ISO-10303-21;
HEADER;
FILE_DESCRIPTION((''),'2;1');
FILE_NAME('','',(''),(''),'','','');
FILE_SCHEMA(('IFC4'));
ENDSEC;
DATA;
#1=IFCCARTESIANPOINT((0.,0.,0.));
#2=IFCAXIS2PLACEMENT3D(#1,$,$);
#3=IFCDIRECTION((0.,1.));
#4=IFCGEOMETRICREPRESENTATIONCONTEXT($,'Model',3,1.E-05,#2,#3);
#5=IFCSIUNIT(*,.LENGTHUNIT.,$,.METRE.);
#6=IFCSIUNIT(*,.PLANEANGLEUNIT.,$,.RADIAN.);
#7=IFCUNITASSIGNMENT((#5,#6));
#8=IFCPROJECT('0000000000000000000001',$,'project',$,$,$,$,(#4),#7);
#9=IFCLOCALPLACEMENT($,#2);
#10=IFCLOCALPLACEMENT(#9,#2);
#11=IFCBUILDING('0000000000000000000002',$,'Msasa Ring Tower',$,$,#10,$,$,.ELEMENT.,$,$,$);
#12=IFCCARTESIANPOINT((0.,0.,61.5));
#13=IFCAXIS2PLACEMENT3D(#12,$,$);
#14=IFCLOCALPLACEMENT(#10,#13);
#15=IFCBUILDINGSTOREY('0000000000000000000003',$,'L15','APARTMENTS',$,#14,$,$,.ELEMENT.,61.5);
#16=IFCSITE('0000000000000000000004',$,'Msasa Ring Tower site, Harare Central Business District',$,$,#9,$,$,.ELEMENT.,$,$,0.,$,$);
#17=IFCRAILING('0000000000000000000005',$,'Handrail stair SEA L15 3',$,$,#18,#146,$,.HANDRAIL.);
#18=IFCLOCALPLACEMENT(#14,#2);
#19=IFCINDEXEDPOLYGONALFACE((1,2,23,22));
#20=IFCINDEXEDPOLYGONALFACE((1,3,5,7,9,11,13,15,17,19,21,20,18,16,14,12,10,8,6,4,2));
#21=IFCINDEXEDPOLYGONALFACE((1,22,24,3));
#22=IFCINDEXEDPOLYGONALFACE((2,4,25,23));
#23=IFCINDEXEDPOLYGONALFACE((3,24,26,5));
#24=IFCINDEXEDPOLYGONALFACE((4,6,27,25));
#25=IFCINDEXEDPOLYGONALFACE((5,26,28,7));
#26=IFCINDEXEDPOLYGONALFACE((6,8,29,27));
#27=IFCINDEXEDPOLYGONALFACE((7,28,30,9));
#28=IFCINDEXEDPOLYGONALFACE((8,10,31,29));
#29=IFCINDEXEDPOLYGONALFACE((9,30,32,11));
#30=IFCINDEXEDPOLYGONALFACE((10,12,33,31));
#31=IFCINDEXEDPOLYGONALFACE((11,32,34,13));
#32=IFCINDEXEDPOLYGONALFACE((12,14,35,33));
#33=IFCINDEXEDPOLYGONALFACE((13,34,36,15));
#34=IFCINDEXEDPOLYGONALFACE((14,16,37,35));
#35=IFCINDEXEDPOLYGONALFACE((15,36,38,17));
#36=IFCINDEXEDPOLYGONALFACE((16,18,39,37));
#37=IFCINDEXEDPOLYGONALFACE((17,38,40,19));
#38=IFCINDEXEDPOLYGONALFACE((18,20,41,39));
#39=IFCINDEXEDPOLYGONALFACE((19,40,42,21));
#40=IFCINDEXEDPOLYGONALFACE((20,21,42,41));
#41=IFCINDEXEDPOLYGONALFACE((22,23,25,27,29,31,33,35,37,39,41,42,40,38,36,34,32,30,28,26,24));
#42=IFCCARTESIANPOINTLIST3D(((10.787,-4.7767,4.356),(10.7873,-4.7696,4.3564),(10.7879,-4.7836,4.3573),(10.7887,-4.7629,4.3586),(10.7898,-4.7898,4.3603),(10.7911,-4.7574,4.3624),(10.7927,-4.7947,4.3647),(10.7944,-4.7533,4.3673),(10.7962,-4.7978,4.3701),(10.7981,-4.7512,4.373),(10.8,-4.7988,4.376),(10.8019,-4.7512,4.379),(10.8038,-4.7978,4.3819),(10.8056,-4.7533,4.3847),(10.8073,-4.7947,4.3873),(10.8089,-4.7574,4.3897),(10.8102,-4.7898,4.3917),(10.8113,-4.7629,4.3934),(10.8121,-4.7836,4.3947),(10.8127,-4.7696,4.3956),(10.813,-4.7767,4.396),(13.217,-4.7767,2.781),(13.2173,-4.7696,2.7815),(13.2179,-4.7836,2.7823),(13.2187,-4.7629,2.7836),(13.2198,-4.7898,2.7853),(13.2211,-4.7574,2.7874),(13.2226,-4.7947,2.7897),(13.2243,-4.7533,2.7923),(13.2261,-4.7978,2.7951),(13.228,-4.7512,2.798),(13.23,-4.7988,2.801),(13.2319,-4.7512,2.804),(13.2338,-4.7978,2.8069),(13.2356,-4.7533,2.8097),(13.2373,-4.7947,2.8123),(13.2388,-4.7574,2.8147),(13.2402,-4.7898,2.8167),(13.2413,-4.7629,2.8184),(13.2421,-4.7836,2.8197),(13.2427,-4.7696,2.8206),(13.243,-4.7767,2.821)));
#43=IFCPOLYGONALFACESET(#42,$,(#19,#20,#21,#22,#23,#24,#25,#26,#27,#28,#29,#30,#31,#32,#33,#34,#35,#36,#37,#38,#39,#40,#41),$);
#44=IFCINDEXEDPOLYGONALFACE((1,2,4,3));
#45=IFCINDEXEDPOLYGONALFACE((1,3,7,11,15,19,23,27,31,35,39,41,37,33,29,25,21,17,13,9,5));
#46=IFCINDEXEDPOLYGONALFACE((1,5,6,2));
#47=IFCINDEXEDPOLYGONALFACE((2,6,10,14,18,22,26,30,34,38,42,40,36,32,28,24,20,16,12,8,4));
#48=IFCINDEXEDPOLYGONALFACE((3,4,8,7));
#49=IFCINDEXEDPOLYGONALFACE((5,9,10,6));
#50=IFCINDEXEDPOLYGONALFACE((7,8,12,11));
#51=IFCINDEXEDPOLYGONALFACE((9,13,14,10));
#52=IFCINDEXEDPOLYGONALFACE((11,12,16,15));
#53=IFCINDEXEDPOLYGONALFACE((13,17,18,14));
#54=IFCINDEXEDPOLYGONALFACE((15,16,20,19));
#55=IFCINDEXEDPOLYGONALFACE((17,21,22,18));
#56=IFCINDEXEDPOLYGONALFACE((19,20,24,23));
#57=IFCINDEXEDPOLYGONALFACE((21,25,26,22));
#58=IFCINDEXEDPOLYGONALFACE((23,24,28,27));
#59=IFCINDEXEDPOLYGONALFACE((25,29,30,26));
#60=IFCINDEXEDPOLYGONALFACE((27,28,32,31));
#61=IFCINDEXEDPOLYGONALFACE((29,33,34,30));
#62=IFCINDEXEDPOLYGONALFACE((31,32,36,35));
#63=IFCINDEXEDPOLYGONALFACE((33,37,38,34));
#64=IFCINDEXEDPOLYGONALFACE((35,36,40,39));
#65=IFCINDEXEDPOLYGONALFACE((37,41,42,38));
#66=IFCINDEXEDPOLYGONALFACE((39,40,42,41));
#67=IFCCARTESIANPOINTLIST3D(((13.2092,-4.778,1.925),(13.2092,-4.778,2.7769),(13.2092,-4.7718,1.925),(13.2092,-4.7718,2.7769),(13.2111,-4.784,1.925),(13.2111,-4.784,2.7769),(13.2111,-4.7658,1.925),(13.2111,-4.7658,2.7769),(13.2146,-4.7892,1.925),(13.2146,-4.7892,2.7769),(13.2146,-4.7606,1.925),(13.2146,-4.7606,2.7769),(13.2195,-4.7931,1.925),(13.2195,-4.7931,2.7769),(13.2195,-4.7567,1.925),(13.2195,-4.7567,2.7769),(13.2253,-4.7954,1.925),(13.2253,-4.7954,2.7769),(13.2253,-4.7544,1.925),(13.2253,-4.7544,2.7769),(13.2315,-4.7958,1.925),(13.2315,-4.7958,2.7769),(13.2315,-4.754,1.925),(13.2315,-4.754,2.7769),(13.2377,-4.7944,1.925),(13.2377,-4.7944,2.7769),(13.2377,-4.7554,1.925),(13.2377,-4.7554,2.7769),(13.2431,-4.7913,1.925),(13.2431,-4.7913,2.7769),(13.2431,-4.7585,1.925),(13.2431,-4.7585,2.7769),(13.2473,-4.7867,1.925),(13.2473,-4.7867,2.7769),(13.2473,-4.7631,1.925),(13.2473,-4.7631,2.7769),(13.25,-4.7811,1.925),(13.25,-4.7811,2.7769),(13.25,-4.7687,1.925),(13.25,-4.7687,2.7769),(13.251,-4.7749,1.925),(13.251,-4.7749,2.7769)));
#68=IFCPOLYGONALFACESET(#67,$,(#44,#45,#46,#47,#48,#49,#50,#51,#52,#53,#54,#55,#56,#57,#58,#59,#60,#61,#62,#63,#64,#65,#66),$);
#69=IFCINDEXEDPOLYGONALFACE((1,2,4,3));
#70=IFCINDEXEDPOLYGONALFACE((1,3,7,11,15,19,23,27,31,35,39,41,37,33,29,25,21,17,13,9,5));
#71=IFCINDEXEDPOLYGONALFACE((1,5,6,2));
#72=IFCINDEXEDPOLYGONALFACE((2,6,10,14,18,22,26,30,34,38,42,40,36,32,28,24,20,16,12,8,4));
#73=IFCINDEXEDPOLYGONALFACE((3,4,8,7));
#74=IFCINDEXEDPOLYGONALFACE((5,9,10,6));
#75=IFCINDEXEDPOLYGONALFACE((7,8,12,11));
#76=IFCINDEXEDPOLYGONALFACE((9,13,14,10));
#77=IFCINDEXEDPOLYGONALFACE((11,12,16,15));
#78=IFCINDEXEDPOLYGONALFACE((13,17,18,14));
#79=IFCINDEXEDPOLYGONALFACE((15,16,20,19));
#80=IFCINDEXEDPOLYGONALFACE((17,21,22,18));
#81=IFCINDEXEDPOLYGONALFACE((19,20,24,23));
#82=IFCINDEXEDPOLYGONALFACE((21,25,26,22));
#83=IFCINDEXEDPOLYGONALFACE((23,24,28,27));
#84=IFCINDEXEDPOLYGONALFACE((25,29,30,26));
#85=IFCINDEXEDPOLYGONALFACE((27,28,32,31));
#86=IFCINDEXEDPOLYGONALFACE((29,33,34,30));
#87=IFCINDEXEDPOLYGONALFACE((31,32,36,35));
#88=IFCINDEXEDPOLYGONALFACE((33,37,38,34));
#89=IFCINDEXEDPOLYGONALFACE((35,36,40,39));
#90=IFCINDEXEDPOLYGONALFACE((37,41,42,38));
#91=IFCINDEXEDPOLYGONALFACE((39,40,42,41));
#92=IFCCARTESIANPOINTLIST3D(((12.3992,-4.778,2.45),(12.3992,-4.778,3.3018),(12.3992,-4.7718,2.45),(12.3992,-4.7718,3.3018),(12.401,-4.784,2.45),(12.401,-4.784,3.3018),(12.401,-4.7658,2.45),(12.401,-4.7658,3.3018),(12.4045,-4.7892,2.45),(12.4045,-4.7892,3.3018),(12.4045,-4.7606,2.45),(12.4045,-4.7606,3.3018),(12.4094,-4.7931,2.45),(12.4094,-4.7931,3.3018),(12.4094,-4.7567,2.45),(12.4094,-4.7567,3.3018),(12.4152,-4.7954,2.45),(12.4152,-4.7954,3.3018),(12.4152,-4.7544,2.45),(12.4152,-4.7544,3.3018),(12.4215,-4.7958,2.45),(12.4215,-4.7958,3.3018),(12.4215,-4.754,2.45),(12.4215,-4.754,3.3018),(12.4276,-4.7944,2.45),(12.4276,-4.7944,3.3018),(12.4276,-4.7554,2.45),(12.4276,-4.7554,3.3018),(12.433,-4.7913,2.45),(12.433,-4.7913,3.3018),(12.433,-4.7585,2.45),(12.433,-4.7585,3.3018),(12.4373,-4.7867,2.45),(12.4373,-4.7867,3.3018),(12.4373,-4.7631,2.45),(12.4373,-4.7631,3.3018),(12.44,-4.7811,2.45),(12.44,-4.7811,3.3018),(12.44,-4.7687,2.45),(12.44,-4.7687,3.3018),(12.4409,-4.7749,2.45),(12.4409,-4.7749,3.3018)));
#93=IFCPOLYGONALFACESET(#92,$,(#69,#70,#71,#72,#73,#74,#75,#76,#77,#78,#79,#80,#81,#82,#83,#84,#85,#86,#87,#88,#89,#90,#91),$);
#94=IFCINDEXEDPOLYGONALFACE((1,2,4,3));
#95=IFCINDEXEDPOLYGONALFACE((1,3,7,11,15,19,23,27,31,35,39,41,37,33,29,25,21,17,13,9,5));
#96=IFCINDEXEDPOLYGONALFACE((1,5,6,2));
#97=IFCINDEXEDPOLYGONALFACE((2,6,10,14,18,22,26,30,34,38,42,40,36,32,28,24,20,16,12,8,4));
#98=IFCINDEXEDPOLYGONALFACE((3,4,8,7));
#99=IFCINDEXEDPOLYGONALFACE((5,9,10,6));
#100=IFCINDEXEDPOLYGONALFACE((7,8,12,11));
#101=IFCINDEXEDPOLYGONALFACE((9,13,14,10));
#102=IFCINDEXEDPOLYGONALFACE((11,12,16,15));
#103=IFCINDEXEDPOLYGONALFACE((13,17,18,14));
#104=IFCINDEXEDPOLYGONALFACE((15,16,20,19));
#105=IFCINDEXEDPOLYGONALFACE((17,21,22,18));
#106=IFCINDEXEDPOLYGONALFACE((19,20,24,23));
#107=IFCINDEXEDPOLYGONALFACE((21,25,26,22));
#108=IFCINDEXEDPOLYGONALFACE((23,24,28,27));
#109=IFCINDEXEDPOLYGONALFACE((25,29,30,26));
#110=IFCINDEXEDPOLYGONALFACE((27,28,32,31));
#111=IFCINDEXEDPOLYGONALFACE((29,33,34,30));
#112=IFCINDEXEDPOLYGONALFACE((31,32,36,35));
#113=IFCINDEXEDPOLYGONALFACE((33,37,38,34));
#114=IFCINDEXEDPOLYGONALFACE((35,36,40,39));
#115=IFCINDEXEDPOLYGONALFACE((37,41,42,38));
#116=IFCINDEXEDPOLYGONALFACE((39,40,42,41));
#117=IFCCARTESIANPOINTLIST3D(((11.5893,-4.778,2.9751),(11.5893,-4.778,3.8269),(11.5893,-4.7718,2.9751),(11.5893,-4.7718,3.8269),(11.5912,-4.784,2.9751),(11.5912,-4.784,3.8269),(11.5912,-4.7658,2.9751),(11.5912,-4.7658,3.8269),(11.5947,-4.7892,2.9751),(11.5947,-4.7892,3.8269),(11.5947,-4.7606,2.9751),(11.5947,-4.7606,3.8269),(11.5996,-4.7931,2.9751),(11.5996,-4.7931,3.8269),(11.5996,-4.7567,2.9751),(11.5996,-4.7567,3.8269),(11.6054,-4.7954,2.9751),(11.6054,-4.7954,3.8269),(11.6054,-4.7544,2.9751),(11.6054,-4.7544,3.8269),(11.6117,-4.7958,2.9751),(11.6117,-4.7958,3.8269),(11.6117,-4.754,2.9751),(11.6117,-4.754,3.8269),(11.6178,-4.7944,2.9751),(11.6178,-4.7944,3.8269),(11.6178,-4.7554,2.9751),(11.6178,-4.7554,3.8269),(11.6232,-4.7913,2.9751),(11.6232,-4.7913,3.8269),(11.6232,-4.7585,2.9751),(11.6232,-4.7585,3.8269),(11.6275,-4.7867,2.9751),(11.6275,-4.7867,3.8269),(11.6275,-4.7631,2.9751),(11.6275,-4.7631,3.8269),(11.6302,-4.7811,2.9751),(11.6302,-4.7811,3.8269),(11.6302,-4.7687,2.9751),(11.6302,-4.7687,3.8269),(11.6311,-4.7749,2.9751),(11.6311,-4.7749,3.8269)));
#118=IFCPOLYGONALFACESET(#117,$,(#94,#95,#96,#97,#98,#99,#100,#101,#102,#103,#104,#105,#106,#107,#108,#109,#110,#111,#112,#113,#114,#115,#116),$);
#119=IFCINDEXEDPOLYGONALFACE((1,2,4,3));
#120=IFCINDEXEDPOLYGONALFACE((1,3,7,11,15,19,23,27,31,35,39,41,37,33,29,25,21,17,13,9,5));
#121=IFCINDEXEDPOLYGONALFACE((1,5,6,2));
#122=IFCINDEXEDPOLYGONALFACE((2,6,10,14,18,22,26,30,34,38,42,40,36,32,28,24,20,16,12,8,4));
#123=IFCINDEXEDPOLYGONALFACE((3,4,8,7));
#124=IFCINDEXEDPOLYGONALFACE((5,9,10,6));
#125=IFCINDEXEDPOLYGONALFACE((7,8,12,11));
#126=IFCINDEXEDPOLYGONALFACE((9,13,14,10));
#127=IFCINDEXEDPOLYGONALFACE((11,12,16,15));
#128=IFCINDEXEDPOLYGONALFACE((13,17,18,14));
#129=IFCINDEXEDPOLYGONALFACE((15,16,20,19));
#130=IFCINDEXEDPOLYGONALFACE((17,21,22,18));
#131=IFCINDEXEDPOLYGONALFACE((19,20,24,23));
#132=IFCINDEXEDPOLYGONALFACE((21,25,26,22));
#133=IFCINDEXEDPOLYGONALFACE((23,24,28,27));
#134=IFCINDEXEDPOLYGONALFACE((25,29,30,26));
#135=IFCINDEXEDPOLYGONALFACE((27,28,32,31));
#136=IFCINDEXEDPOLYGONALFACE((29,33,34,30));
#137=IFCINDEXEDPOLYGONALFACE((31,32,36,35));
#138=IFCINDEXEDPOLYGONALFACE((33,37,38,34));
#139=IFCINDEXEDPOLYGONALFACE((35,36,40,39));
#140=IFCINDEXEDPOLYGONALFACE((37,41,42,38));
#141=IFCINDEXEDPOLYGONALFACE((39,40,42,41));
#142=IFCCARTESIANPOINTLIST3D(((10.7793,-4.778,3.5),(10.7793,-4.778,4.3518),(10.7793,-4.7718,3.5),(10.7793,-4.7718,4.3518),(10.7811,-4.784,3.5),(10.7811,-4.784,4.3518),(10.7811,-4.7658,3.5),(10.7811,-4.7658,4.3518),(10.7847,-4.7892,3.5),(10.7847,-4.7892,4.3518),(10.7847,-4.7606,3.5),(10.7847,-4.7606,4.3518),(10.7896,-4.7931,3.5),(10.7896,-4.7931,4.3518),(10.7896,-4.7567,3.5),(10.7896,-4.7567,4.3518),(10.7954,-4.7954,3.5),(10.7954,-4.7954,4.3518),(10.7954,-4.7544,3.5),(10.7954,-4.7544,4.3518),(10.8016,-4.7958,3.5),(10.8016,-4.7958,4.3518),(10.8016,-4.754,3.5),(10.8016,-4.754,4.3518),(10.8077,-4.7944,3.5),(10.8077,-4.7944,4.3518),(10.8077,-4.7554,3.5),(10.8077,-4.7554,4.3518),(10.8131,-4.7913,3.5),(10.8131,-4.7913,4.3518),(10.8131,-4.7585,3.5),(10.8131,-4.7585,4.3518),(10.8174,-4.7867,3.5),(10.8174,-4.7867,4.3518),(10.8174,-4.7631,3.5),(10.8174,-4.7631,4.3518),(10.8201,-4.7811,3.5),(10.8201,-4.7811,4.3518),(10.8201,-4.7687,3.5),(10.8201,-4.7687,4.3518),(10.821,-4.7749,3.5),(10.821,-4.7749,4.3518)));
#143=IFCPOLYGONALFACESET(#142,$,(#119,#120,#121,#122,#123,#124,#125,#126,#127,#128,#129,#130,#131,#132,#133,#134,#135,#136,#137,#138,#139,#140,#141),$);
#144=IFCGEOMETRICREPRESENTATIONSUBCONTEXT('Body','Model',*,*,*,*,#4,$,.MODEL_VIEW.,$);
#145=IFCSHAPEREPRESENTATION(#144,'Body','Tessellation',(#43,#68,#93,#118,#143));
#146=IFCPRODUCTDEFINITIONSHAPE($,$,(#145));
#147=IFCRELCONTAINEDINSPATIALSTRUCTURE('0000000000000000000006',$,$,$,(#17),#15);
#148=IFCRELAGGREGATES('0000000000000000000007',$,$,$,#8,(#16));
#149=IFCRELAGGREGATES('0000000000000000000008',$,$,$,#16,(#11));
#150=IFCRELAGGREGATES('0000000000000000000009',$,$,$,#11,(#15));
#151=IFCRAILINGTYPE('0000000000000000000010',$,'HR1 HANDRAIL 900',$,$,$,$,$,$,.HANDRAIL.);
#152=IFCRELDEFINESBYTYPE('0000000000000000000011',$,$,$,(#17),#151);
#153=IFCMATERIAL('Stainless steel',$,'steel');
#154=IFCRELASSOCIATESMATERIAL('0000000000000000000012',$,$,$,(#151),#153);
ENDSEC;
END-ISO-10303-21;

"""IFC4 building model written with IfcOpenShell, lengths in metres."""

from ifc_helpers import new_model, si_unit, direction, frame, origin, origin_2d, place, context, subcontext, project, spatial, circle, extrude, material, type_object, element, save


model = new_model("IFC4")

# Units and contexts
model_context = context("Model", 3, precision=1e-05, world=origin(), true_north=direction((0.0, 1.0)))
body_context = subcontext(model_context, "Body", "Model", "MODEL_VIEW")
ifc_project = project(units=[si_unit("LENGTHUNIT", "METRE"), si_unit("PLANEANGLEUNIT", "RADIAN")], contexts=[model_context])

# Site, building, storey
site_placement = place(None, origin())
site = spatial("IfcSite", under=ifc_project, at=site_placement, Name="Msasa Ring Tower site, Harare Central Business District", CompositionType="ELEMENT", RefElevation=0.0)
building_placement = place(site_placement, origin())
building = spatial("IfcBuilding", under=site, at=building_placement, Name="Msasa Ring Tower", CompositionType="ELEMENT")
storey_placement = place(building_placement, frame((0.0, 0.0, 61.5)))
storey = spatial("IfcBuildingStorey", under=building, at=storey_placement, Name="L15", Description="APARTMENTS", CompositionType="ELEMENT", Elevation=61.5)

# Railing
ifc_material_1 = material(Name="Stainless steel", Category="steel")
railing_type = type_object("IfcRailingType", Name="HR1 HANDRAIL 900", PredefinedType="HANDRAIL", material=ifc_material_1)
railing_placement = place(storey_placement, frame((13.23, -4.7749, 1.925)))
element("IfcRailing", 1, at=railing_placement, inside=storey, type_object=railing_type, Name="Handrail stair SEA L15 3", PredefinedType="HANDRAIL", context=body_context, shape_type="SweptSolid", body=[
    extrude(circle(Radius=0.0239, at=origin_2d()), frame((0.0, 0.0, 0.876), z_axis=(-0.839154, 0.0, 0.543894), x_axis=(0.0, -1.0, 0.0)), (0.0, 0.0, 1.0), 2.8958),
    extrude(circle(Radius=0.021, at=origin_2d()), origin(), (0.0, 0.0, 1.0), 0.8518),
    extrude(circle(Radius=0.021, at=origin_2d()), frame((-0.8101, 0.0, 0.5249)), (0.0, 0.0, 1.0), 0.8518),
    extrude(circle(Radius=0.021, at=origin_2d()), frame((-1.6199, 0.0, 1.05)), (0.0, 0.0, 1.0), 0.8518),
    extrude(circle(Radius=0.021, at=origin_2d()), frame((-2.4299, 0.0, 1.575)), (0.0, 0.0, 1.0), 0.8518),
])

save(model, "model.ifc")
